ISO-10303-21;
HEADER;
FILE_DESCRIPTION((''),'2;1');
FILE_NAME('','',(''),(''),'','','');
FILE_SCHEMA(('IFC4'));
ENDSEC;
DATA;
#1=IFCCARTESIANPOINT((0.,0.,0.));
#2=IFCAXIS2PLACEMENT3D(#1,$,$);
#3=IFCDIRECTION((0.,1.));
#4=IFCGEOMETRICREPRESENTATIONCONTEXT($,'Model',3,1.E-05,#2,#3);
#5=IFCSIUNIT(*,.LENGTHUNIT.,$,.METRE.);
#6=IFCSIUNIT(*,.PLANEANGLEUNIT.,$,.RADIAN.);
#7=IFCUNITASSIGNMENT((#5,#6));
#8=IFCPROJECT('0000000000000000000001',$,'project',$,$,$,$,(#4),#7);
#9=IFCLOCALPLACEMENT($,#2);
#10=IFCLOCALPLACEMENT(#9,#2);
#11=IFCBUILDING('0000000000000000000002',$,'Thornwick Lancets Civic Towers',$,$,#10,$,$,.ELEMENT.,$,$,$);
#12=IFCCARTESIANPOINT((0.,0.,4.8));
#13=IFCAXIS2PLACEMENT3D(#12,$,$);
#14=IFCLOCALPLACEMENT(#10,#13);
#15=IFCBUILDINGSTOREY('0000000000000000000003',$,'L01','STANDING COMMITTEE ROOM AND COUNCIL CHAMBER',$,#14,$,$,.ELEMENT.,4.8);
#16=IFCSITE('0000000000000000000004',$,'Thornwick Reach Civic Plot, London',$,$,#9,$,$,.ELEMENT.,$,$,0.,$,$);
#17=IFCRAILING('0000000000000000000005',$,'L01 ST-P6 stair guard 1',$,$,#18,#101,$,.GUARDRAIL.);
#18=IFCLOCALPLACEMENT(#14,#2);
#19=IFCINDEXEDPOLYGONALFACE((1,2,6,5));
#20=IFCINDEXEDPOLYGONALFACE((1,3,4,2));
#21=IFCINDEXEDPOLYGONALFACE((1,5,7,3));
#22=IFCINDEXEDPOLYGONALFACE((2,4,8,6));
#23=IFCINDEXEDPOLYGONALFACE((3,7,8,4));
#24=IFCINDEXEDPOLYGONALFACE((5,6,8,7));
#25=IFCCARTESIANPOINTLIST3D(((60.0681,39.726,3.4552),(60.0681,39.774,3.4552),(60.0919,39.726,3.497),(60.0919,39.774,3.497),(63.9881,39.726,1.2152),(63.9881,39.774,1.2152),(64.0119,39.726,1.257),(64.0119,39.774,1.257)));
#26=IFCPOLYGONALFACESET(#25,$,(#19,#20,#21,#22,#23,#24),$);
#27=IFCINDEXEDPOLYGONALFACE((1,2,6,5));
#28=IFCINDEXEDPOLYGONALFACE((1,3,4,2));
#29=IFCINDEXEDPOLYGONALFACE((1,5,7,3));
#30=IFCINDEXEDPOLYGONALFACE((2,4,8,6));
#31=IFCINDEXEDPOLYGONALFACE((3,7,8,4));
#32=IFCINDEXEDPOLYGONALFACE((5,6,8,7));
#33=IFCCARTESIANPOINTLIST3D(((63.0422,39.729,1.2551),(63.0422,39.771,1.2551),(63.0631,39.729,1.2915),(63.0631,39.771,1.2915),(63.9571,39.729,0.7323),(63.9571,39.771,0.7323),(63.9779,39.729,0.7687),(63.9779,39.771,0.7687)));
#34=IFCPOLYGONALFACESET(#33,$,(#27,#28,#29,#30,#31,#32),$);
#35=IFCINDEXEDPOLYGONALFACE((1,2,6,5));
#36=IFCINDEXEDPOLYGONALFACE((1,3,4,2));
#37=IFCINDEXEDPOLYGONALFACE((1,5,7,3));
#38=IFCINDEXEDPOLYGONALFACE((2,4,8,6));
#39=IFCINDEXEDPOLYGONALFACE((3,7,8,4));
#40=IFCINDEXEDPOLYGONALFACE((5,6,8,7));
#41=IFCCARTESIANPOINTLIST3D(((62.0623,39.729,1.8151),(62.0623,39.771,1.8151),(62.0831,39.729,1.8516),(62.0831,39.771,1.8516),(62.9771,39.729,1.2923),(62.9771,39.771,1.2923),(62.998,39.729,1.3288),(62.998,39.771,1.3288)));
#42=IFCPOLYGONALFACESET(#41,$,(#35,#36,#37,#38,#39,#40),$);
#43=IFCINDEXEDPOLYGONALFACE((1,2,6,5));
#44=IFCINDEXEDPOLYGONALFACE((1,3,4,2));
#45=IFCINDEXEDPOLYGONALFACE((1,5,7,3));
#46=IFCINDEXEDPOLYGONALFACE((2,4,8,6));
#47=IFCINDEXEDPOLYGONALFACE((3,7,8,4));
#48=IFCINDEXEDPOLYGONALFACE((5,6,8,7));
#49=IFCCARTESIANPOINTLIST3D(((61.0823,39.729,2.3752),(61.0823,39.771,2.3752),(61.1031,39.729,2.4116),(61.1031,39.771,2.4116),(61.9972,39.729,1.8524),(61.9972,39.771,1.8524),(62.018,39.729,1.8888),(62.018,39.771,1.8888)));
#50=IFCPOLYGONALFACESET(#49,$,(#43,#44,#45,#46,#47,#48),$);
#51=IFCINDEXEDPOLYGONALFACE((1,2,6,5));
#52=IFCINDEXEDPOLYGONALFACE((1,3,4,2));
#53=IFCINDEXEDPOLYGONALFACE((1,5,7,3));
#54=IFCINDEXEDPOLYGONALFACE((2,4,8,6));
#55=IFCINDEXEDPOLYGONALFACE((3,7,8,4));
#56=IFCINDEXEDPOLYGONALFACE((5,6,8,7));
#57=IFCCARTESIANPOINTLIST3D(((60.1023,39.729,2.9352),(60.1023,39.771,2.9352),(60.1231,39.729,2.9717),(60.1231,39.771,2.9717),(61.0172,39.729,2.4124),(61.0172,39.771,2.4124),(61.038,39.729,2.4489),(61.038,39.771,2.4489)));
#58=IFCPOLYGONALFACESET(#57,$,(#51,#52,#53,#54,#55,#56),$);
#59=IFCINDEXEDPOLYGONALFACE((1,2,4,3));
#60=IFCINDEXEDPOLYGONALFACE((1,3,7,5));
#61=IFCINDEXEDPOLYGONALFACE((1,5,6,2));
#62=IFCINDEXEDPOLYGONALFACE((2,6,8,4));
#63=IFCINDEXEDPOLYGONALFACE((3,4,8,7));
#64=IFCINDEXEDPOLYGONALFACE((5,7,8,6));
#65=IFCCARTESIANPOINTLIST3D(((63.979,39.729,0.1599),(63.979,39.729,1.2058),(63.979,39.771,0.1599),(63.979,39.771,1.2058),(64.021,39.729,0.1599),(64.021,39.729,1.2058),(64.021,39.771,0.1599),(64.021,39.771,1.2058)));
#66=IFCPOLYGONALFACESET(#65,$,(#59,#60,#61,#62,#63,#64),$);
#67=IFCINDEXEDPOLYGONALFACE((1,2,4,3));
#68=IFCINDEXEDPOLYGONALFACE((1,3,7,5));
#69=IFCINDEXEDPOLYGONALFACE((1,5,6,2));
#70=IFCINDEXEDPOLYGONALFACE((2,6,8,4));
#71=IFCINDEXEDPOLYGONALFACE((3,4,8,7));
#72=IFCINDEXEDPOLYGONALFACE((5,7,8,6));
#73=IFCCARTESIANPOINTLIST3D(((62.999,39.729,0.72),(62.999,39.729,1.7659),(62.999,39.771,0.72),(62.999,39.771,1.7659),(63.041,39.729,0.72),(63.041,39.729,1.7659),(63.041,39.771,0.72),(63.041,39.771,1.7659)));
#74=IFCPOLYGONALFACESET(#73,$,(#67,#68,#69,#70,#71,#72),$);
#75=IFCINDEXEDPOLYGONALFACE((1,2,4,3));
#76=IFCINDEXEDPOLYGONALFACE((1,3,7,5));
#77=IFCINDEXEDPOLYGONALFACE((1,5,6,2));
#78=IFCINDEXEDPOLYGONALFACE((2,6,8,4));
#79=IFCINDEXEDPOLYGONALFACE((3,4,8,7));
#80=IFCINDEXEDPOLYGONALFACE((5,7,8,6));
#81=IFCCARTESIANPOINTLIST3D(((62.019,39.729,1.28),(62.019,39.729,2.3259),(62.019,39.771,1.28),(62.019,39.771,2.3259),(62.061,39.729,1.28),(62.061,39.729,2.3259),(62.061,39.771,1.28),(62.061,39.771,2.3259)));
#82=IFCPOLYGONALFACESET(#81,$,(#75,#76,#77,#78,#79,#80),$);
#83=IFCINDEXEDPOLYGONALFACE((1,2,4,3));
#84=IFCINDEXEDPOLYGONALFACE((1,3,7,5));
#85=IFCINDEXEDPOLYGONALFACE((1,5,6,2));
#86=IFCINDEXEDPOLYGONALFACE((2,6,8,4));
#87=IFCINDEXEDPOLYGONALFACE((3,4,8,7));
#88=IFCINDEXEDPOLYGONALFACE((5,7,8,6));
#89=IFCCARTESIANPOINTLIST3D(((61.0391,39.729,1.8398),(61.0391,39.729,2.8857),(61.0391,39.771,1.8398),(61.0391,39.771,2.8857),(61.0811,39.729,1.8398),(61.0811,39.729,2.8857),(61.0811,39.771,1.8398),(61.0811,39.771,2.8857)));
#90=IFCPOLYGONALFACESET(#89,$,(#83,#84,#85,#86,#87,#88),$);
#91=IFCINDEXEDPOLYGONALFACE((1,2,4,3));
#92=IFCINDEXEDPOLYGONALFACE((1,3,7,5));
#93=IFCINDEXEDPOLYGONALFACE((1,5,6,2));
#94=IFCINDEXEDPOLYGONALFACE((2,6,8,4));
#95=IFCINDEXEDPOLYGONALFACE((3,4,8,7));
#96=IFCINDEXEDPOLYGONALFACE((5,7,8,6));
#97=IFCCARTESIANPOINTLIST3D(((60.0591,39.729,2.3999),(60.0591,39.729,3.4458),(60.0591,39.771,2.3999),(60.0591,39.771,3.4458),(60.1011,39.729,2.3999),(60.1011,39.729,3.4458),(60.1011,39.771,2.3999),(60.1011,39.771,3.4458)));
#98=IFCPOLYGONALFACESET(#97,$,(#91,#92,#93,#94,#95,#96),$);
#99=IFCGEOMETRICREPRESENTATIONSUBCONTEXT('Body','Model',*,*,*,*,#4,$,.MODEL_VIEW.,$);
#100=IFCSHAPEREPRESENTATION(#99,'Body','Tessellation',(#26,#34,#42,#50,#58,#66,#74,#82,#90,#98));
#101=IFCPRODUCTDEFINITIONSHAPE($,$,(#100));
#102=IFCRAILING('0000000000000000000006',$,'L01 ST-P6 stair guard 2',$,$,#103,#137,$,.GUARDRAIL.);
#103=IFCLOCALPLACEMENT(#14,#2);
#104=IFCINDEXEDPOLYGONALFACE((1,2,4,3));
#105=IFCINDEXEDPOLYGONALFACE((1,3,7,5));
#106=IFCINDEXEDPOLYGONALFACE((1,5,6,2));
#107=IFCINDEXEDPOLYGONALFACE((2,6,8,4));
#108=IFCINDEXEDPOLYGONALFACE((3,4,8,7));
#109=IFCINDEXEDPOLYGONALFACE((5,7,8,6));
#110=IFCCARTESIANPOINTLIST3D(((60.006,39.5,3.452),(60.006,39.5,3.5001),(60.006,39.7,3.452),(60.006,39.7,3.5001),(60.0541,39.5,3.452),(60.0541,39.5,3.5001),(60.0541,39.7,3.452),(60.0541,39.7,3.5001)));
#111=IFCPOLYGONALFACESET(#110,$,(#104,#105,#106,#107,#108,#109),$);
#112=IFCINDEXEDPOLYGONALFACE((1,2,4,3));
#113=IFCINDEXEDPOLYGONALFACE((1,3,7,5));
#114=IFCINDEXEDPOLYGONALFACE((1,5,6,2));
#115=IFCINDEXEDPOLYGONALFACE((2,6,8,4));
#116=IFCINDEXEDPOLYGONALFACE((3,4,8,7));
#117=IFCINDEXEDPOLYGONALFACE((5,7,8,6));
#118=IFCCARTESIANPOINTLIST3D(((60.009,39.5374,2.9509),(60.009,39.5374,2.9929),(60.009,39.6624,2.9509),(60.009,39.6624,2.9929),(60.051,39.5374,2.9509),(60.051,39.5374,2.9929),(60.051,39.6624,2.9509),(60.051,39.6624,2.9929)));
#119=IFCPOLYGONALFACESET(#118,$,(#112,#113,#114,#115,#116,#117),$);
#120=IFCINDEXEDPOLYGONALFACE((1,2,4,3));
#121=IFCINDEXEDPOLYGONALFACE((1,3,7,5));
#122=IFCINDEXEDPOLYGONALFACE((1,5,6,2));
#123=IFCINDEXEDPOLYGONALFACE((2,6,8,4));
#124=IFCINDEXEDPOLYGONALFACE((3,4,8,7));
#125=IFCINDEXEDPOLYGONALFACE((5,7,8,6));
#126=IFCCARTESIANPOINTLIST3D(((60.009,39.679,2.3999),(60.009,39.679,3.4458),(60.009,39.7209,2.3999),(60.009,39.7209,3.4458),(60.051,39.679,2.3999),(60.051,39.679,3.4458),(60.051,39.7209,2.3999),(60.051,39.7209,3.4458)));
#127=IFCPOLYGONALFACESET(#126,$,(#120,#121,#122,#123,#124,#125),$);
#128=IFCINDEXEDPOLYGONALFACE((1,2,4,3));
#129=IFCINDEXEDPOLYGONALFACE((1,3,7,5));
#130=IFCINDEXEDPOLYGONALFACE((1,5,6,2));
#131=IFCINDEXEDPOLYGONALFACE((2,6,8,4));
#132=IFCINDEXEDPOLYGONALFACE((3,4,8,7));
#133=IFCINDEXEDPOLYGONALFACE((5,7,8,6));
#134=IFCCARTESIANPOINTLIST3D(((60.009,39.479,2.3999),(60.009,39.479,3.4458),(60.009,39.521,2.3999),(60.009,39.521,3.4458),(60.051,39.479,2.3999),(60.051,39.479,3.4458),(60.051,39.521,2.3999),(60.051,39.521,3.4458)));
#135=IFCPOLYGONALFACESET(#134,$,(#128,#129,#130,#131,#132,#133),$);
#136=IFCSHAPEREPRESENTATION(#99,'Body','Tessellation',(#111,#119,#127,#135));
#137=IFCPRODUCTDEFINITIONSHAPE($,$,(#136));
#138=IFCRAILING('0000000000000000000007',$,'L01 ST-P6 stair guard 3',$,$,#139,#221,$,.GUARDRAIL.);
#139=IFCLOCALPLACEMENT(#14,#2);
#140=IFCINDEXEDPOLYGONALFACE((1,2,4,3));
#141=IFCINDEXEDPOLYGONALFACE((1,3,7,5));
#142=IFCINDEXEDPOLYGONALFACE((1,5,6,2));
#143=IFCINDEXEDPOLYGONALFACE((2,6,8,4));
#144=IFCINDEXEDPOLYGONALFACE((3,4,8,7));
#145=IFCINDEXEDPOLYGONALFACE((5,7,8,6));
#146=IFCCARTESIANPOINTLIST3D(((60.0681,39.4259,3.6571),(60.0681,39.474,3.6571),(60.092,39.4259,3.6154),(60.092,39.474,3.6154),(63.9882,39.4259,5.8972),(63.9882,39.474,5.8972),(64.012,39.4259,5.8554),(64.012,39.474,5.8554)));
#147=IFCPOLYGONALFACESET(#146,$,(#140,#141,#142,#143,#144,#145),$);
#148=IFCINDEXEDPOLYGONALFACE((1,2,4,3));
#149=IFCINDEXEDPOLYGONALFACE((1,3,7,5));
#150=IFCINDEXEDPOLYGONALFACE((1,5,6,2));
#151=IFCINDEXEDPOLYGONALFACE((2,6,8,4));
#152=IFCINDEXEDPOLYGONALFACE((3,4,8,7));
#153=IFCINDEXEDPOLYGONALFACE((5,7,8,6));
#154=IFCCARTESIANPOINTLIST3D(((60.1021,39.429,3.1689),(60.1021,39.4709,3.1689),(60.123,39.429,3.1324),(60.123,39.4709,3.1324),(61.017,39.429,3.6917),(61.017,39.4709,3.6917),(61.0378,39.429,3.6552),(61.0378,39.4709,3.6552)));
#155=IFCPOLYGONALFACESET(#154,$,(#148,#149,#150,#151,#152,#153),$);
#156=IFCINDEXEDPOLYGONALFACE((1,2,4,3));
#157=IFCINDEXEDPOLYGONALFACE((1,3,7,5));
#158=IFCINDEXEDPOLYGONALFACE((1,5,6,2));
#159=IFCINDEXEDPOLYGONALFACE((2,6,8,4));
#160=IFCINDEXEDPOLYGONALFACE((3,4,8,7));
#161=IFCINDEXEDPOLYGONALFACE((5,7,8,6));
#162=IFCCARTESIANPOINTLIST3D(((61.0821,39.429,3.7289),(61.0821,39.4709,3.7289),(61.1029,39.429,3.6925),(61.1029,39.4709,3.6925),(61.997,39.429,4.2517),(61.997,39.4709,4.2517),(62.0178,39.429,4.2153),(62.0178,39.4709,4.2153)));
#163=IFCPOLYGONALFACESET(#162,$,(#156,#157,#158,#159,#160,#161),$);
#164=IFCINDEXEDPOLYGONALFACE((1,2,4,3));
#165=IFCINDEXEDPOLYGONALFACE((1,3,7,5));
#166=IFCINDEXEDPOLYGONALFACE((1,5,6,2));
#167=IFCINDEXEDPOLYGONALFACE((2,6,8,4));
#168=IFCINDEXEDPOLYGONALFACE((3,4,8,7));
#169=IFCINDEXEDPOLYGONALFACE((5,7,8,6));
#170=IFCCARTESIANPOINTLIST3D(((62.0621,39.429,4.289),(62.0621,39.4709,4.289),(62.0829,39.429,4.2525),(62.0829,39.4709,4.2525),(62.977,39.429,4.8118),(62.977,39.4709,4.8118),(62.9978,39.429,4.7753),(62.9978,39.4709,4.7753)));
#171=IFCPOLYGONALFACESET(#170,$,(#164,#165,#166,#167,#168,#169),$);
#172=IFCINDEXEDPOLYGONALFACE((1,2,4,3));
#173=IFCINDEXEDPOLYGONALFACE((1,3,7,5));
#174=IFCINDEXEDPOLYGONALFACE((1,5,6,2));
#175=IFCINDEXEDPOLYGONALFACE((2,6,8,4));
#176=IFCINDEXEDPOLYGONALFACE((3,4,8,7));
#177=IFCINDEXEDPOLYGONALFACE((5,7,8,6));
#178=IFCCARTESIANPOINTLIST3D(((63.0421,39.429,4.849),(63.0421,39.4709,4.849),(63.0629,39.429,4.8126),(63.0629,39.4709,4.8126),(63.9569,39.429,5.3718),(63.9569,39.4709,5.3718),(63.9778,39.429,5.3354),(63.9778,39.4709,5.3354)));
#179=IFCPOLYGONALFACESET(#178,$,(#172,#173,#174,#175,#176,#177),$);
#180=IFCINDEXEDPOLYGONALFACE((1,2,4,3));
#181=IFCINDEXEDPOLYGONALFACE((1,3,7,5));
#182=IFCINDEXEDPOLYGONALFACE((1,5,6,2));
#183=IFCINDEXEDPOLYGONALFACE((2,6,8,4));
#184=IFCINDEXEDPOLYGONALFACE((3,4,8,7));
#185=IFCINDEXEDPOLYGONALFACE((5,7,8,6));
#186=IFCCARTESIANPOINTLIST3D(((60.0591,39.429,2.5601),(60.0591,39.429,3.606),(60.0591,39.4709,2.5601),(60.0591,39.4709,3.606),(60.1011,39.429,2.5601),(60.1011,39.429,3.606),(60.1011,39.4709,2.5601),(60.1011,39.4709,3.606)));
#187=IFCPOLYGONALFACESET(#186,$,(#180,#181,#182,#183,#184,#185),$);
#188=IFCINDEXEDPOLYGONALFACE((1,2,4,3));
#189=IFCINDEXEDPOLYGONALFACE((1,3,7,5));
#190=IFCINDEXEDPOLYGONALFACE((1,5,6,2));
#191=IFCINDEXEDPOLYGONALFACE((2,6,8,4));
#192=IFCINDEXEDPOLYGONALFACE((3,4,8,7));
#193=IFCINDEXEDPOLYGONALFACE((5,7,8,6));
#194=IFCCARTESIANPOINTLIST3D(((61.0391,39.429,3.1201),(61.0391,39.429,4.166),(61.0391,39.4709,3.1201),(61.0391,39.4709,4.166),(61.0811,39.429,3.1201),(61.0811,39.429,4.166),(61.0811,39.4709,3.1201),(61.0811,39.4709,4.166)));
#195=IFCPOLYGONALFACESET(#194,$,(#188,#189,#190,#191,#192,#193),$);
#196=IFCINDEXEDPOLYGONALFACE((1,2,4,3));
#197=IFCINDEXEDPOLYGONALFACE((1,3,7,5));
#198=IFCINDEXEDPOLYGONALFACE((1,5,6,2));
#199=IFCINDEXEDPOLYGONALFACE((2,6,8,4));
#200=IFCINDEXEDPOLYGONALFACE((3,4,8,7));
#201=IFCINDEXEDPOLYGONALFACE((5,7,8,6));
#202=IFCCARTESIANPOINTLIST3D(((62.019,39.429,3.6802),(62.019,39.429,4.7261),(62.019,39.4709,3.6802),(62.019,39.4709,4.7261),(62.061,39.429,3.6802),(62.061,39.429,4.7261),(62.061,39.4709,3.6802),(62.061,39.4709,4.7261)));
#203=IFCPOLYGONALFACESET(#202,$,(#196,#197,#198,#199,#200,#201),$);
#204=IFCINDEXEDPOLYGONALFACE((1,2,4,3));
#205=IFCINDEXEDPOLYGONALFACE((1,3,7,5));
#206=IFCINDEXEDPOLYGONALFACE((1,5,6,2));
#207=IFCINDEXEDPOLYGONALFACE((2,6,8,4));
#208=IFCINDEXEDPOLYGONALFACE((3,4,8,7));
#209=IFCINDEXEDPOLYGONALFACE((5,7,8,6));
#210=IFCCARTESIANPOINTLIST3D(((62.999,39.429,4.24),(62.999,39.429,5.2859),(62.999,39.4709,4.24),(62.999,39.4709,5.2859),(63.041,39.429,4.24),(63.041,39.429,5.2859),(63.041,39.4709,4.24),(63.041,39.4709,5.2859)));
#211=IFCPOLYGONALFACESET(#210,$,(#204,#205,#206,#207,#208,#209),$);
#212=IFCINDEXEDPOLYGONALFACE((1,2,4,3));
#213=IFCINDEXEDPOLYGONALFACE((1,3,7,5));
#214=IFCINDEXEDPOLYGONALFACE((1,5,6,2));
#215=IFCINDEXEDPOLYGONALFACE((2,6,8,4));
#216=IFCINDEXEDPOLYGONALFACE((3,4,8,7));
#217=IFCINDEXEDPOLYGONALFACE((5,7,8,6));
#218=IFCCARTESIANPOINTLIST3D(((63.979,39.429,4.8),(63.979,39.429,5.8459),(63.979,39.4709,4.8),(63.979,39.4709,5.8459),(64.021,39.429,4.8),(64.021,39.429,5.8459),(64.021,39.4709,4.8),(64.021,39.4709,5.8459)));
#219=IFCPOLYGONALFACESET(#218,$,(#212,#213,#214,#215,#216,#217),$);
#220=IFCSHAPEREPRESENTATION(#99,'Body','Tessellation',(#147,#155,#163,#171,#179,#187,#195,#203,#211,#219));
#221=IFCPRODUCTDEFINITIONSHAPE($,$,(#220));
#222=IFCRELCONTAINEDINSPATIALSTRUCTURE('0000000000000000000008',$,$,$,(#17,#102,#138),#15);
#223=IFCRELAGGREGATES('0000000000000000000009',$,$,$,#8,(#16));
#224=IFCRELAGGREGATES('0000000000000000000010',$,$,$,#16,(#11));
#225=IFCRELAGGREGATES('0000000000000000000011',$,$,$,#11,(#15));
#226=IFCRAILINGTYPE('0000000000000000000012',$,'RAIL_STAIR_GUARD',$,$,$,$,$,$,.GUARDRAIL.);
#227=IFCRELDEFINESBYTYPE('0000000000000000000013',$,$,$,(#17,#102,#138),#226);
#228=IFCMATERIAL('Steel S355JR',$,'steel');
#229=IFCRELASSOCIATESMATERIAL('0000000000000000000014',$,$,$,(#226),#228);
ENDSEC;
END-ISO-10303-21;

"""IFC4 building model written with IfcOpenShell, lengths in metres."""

from ifc_helpers import new_model, si_unit, direction, frame, origin, origin_2d, place, context, subcontext, project, spatial, rectangle, extrude, material, type_object, element, save


model = new_model("IFC4")

# Units and contexts
model_context = context("Model", 3, precision=1e-05, world=origin(), true_north=direction((0.0, 1.0)))
body_context = subcontext(model_context, "Body", "Model", "MODEL_VIEW")
ifc_project = project(units=[si_unit("LENGTHUNIT", "METRE"), si_unit("PLANEANGLEUNIT", "RADIAN")], contexts=[model_context])

# Site, building, storey
site_placement = place(None, origin())
site = spatial("IfcSite", under=ifc_project, at=site_placement, Name="Thornwick Reach Civic Plot, London", CompositionType="ELEMENT", RefElevation=0.0)
building_placement = place(site_placement, origin())
building = spatial("IfcBuilding", under=site, at=building_placement, Name="Thornwick Lancets Civic Towers", CompositionType="ELEMENT")
storey_placement = place(building_placement, frame((0.0, 0.0, 4.8)))
storey = spatial("IfcBuildingStorey", under=building, at=storey_placement, Name="L01", Description="STANDING COMMITTEE ROOM AND COUNCIL CHAMBER", CompositionType="ELEMENT", Elevation=4.8)

# Shared definitions
ifc_material_1 = material(Name="Steel S355JR", Category="steel")

# Railings
railing_type_1 = type_object("IfcRailingType", Name="RAIL_STAIR_GUARD", PredefinedType="GUARDRAIL", material=ifc_material_1)
railing_1_placement = place(storey_placement, frame((64.0, 39.75, 0.1599)))
element("IfcRailing", 1, at=railing_1_placement, inside=storey, type_object=railing_type_1, Name="L01 ST-P6 stair guard 1", PredefinedType="GUARDRAIL", context=body_context, shape_type="SweptSolid", body=[
    extrude(rectangle(XDim=0.0481, YDim=0.0481, at=origin_2d()), frame((0.0, 0.0, 1.0762), z_axis=(-0.86824, 0.0, 0.496145), x_axis=(0.0, -1.0, 0.0)), (0.0, 0.0, 1.0), 4.5149),
    extrude(rectangle(XDim=0.042, YDim=0.042, at=origin_2d()), frame((-0.0325, 0.0, 0.5906), z_axis=(-0.86824, 0.0, 0.496145), x_axis=(0.0, -1.0, 0.0)), (0.0, 0.0, 1.0), 1.0537),
    extrude(rectangle(XDim=0.042, YDim=0.042, at=origin_2d()), frame((-1.0125, 0.0, 1.1506), z_axis=(-0.86824, 0.0, 0.496145), x_axis=(0.0, -1.0, 0.0)), (0.0, 0.0, 1.0), 1.0537),
    extrude(rectangle(XDim=0.042, YDim=0.042, at=origin_2d()), frame((-1.9924, 0.0, 1.7107), z_axis=(-0.86824, 0.0, 0.496145), x_axis=(0.0, -1.0, 0.0)), (0.0, 0.0, 1.0), 1.0537),
    extrude(rectangle(XDim=0.042, YDim=0.042, at=origin_2d()), frame((-2.9724, 0.0, 2.2708), z_axis=(-0.86824, 0.0, 0.496145), x_axis=(0.0, -1.0, 0.0)), (0.0, 0.0, 1.0), 1.0537),
    extrude(rectangle(XDim=0.042, YDim=0.042, at=origin_2d()), origin(), (0.0, 0.0, 1.0), 1.0459),
    extrude(rectangle(XDim=0.042, YDim=0.042, at=origin_2d()), frame((-0.98, 0.0, 0.5601)), (0.0, 0.0, 1.0), 1.0459),
    extrude(rectangle(XDim=0.042, YDim=0.042, at=origin_2d()), frame((-1.96, 0.0, 1.1201)), (0.0, 0.0, 1.0), 1.0459),
    extrude(rectangle(XDim=0.042, YDim=0.042, at=origin_2d()), frame((-2.9399, 0.0, 1.6799)), (0.0, 0.0, 1.0), 1.0459),
    extrude(rectangle(XDim=0.042, YDim=0.042, at=origin_2d()), frame((-3.9199, 0.0, 2.24)), (0.0, 0.0, 1.0), 1.0459),
])
railing_2_placement = place(storey_placement, frame((60.03, 39.7, 2.3999)))
element("IfcRailing", 2, at=railing_2_placement, inside=storey, type_object=railing_type_1, Name="L01 ST-P6 stair guard 2", PredefinedType="GUARDRAIL", context=body_context, shape_type="SweptSolid", body=[
    extrude(rectangle(XDim=0.0481, YDim=0.0481, at=origin_2d()), frame((0.0, 0.0, 1.0762), z_axis=(0.0, -1.0, 0.0), x_axis=(1.0, 0.0, 0.0)), (0.0, 0.0, 1.0), 0.2),
    extrude(rectangle(XDim=0.042, YDim=0.042, at=origin_2d()), frame((0.0, -0.0376, 0.572), z_axis=(0.0, -1.0, 0.0), x_axis=(1.0, 0.0, 0.0)), (0.0, 0.0, 1.0), 0.125),
    extrude(rectangle(XDim=0.042, YDim=0.042, at=origin_2d()), origin(), (0.0, 0.0, 1.0), 1.0459),
    extrude(rectangle(XDim=0.042, YDim=0.042, at=origin_2d()), frame((0.0, -0.2, 0.0)), (0.0, 0.0, 1.0), 1.0459),
])
railing_3_placement = place(storey_placement, frame((60.0801, 39.45, 2.5601)))
element("IfcRailing", 3, at=railing_3_placement, inside=storey, type_object=railing_type_1, Name="L01 ST-P6 stair guard 3", PredefinedType="GUARDRAIL", context=body_context, shape_type="SweptSolid", body=[
    extrude(rectangle(XDim=0.0481, YDim=0.0481, at=origin_2d()), frame((0.0, 0.0, 1.0762), z_axis=(0.86824, 0.0, 0.496145), x_axis=(0.0, 1.0, 0.0)), (0.0, 0.0, 1.0), 4.5149),
    extrude(rectangle(XDim=0.042, YDim=0.042, at=origin_2d()), frame((0.0325, 0.0, 0.5906), z_axis=(0.86824, 0.0, 0.496145), x_axis=(0.0, 1.0, 0.0)), (0.0, 0.0, 1.0), 1.0537),
    extrude(rectangle(XDim=0.042, YDim=0.042, at=origin_2d()), frame((1.0125, 0.0, 1.1506), z_axis=(0.86824, 0.0, 0.496145), x_axis=(0.0, 1.0, 0.0)), (0.0, 0.0, 1.0), 1.0537),
    extrude(rectangle(XDim=0.042, YDim=0.042, at=origin_2d()), frame((1.9924, 0.0, 1.7107), z_axis=(0.86824, 0.0, 0.496145), x_axis=(0.0, 1.0, 0.0)), (0.0, 0.0, 1.0), 1.0537),
    extrude(rectangle(XDim=0.042, YDim=0.042, at=origin_2d()), frame((2.9724, 0.0, 2.2708), z_axis=(0.86824, 0.0, 0.496145), x_axis=(0.0, 1.0, 0.0)), (0.0, 0.0, 1.0), 1.0537),
    extrude(rectangle(XDim=0.042, YDim=0.042, at=origin_2d()), origin(), (0.0, 0.0, 1.0), 1.0459),
    extrude(rectangle(XDim=0.042, YDim=0.042, at=origin_2d()), frame((0.98, 0.0, 0.5601)), (0.0, 0.0, 1.0), 1.0459),
    extrude(rectangle(XDim=0.042, YDim=0.042, at=origin_2d()), frame((1.96, 0.0, 1.1201)), (0.0, 0.0, 1.0), 1.0459),
    extrude(rectangle(XDim=0.042, YDim=0.042, at=origin_2d()), frame((2.9399, 0.0, 1.6799)), (0.0, 0.0, 1.0), 1.0459),
    extrude(rectangle(XDim=0.042, YDim=0.042, at=origin_2d()), frame((3.9199, 0.0, 2.24)), (0.0, 0.0, 1.0), 1.0459),
])

save(model, "model.ifc")
